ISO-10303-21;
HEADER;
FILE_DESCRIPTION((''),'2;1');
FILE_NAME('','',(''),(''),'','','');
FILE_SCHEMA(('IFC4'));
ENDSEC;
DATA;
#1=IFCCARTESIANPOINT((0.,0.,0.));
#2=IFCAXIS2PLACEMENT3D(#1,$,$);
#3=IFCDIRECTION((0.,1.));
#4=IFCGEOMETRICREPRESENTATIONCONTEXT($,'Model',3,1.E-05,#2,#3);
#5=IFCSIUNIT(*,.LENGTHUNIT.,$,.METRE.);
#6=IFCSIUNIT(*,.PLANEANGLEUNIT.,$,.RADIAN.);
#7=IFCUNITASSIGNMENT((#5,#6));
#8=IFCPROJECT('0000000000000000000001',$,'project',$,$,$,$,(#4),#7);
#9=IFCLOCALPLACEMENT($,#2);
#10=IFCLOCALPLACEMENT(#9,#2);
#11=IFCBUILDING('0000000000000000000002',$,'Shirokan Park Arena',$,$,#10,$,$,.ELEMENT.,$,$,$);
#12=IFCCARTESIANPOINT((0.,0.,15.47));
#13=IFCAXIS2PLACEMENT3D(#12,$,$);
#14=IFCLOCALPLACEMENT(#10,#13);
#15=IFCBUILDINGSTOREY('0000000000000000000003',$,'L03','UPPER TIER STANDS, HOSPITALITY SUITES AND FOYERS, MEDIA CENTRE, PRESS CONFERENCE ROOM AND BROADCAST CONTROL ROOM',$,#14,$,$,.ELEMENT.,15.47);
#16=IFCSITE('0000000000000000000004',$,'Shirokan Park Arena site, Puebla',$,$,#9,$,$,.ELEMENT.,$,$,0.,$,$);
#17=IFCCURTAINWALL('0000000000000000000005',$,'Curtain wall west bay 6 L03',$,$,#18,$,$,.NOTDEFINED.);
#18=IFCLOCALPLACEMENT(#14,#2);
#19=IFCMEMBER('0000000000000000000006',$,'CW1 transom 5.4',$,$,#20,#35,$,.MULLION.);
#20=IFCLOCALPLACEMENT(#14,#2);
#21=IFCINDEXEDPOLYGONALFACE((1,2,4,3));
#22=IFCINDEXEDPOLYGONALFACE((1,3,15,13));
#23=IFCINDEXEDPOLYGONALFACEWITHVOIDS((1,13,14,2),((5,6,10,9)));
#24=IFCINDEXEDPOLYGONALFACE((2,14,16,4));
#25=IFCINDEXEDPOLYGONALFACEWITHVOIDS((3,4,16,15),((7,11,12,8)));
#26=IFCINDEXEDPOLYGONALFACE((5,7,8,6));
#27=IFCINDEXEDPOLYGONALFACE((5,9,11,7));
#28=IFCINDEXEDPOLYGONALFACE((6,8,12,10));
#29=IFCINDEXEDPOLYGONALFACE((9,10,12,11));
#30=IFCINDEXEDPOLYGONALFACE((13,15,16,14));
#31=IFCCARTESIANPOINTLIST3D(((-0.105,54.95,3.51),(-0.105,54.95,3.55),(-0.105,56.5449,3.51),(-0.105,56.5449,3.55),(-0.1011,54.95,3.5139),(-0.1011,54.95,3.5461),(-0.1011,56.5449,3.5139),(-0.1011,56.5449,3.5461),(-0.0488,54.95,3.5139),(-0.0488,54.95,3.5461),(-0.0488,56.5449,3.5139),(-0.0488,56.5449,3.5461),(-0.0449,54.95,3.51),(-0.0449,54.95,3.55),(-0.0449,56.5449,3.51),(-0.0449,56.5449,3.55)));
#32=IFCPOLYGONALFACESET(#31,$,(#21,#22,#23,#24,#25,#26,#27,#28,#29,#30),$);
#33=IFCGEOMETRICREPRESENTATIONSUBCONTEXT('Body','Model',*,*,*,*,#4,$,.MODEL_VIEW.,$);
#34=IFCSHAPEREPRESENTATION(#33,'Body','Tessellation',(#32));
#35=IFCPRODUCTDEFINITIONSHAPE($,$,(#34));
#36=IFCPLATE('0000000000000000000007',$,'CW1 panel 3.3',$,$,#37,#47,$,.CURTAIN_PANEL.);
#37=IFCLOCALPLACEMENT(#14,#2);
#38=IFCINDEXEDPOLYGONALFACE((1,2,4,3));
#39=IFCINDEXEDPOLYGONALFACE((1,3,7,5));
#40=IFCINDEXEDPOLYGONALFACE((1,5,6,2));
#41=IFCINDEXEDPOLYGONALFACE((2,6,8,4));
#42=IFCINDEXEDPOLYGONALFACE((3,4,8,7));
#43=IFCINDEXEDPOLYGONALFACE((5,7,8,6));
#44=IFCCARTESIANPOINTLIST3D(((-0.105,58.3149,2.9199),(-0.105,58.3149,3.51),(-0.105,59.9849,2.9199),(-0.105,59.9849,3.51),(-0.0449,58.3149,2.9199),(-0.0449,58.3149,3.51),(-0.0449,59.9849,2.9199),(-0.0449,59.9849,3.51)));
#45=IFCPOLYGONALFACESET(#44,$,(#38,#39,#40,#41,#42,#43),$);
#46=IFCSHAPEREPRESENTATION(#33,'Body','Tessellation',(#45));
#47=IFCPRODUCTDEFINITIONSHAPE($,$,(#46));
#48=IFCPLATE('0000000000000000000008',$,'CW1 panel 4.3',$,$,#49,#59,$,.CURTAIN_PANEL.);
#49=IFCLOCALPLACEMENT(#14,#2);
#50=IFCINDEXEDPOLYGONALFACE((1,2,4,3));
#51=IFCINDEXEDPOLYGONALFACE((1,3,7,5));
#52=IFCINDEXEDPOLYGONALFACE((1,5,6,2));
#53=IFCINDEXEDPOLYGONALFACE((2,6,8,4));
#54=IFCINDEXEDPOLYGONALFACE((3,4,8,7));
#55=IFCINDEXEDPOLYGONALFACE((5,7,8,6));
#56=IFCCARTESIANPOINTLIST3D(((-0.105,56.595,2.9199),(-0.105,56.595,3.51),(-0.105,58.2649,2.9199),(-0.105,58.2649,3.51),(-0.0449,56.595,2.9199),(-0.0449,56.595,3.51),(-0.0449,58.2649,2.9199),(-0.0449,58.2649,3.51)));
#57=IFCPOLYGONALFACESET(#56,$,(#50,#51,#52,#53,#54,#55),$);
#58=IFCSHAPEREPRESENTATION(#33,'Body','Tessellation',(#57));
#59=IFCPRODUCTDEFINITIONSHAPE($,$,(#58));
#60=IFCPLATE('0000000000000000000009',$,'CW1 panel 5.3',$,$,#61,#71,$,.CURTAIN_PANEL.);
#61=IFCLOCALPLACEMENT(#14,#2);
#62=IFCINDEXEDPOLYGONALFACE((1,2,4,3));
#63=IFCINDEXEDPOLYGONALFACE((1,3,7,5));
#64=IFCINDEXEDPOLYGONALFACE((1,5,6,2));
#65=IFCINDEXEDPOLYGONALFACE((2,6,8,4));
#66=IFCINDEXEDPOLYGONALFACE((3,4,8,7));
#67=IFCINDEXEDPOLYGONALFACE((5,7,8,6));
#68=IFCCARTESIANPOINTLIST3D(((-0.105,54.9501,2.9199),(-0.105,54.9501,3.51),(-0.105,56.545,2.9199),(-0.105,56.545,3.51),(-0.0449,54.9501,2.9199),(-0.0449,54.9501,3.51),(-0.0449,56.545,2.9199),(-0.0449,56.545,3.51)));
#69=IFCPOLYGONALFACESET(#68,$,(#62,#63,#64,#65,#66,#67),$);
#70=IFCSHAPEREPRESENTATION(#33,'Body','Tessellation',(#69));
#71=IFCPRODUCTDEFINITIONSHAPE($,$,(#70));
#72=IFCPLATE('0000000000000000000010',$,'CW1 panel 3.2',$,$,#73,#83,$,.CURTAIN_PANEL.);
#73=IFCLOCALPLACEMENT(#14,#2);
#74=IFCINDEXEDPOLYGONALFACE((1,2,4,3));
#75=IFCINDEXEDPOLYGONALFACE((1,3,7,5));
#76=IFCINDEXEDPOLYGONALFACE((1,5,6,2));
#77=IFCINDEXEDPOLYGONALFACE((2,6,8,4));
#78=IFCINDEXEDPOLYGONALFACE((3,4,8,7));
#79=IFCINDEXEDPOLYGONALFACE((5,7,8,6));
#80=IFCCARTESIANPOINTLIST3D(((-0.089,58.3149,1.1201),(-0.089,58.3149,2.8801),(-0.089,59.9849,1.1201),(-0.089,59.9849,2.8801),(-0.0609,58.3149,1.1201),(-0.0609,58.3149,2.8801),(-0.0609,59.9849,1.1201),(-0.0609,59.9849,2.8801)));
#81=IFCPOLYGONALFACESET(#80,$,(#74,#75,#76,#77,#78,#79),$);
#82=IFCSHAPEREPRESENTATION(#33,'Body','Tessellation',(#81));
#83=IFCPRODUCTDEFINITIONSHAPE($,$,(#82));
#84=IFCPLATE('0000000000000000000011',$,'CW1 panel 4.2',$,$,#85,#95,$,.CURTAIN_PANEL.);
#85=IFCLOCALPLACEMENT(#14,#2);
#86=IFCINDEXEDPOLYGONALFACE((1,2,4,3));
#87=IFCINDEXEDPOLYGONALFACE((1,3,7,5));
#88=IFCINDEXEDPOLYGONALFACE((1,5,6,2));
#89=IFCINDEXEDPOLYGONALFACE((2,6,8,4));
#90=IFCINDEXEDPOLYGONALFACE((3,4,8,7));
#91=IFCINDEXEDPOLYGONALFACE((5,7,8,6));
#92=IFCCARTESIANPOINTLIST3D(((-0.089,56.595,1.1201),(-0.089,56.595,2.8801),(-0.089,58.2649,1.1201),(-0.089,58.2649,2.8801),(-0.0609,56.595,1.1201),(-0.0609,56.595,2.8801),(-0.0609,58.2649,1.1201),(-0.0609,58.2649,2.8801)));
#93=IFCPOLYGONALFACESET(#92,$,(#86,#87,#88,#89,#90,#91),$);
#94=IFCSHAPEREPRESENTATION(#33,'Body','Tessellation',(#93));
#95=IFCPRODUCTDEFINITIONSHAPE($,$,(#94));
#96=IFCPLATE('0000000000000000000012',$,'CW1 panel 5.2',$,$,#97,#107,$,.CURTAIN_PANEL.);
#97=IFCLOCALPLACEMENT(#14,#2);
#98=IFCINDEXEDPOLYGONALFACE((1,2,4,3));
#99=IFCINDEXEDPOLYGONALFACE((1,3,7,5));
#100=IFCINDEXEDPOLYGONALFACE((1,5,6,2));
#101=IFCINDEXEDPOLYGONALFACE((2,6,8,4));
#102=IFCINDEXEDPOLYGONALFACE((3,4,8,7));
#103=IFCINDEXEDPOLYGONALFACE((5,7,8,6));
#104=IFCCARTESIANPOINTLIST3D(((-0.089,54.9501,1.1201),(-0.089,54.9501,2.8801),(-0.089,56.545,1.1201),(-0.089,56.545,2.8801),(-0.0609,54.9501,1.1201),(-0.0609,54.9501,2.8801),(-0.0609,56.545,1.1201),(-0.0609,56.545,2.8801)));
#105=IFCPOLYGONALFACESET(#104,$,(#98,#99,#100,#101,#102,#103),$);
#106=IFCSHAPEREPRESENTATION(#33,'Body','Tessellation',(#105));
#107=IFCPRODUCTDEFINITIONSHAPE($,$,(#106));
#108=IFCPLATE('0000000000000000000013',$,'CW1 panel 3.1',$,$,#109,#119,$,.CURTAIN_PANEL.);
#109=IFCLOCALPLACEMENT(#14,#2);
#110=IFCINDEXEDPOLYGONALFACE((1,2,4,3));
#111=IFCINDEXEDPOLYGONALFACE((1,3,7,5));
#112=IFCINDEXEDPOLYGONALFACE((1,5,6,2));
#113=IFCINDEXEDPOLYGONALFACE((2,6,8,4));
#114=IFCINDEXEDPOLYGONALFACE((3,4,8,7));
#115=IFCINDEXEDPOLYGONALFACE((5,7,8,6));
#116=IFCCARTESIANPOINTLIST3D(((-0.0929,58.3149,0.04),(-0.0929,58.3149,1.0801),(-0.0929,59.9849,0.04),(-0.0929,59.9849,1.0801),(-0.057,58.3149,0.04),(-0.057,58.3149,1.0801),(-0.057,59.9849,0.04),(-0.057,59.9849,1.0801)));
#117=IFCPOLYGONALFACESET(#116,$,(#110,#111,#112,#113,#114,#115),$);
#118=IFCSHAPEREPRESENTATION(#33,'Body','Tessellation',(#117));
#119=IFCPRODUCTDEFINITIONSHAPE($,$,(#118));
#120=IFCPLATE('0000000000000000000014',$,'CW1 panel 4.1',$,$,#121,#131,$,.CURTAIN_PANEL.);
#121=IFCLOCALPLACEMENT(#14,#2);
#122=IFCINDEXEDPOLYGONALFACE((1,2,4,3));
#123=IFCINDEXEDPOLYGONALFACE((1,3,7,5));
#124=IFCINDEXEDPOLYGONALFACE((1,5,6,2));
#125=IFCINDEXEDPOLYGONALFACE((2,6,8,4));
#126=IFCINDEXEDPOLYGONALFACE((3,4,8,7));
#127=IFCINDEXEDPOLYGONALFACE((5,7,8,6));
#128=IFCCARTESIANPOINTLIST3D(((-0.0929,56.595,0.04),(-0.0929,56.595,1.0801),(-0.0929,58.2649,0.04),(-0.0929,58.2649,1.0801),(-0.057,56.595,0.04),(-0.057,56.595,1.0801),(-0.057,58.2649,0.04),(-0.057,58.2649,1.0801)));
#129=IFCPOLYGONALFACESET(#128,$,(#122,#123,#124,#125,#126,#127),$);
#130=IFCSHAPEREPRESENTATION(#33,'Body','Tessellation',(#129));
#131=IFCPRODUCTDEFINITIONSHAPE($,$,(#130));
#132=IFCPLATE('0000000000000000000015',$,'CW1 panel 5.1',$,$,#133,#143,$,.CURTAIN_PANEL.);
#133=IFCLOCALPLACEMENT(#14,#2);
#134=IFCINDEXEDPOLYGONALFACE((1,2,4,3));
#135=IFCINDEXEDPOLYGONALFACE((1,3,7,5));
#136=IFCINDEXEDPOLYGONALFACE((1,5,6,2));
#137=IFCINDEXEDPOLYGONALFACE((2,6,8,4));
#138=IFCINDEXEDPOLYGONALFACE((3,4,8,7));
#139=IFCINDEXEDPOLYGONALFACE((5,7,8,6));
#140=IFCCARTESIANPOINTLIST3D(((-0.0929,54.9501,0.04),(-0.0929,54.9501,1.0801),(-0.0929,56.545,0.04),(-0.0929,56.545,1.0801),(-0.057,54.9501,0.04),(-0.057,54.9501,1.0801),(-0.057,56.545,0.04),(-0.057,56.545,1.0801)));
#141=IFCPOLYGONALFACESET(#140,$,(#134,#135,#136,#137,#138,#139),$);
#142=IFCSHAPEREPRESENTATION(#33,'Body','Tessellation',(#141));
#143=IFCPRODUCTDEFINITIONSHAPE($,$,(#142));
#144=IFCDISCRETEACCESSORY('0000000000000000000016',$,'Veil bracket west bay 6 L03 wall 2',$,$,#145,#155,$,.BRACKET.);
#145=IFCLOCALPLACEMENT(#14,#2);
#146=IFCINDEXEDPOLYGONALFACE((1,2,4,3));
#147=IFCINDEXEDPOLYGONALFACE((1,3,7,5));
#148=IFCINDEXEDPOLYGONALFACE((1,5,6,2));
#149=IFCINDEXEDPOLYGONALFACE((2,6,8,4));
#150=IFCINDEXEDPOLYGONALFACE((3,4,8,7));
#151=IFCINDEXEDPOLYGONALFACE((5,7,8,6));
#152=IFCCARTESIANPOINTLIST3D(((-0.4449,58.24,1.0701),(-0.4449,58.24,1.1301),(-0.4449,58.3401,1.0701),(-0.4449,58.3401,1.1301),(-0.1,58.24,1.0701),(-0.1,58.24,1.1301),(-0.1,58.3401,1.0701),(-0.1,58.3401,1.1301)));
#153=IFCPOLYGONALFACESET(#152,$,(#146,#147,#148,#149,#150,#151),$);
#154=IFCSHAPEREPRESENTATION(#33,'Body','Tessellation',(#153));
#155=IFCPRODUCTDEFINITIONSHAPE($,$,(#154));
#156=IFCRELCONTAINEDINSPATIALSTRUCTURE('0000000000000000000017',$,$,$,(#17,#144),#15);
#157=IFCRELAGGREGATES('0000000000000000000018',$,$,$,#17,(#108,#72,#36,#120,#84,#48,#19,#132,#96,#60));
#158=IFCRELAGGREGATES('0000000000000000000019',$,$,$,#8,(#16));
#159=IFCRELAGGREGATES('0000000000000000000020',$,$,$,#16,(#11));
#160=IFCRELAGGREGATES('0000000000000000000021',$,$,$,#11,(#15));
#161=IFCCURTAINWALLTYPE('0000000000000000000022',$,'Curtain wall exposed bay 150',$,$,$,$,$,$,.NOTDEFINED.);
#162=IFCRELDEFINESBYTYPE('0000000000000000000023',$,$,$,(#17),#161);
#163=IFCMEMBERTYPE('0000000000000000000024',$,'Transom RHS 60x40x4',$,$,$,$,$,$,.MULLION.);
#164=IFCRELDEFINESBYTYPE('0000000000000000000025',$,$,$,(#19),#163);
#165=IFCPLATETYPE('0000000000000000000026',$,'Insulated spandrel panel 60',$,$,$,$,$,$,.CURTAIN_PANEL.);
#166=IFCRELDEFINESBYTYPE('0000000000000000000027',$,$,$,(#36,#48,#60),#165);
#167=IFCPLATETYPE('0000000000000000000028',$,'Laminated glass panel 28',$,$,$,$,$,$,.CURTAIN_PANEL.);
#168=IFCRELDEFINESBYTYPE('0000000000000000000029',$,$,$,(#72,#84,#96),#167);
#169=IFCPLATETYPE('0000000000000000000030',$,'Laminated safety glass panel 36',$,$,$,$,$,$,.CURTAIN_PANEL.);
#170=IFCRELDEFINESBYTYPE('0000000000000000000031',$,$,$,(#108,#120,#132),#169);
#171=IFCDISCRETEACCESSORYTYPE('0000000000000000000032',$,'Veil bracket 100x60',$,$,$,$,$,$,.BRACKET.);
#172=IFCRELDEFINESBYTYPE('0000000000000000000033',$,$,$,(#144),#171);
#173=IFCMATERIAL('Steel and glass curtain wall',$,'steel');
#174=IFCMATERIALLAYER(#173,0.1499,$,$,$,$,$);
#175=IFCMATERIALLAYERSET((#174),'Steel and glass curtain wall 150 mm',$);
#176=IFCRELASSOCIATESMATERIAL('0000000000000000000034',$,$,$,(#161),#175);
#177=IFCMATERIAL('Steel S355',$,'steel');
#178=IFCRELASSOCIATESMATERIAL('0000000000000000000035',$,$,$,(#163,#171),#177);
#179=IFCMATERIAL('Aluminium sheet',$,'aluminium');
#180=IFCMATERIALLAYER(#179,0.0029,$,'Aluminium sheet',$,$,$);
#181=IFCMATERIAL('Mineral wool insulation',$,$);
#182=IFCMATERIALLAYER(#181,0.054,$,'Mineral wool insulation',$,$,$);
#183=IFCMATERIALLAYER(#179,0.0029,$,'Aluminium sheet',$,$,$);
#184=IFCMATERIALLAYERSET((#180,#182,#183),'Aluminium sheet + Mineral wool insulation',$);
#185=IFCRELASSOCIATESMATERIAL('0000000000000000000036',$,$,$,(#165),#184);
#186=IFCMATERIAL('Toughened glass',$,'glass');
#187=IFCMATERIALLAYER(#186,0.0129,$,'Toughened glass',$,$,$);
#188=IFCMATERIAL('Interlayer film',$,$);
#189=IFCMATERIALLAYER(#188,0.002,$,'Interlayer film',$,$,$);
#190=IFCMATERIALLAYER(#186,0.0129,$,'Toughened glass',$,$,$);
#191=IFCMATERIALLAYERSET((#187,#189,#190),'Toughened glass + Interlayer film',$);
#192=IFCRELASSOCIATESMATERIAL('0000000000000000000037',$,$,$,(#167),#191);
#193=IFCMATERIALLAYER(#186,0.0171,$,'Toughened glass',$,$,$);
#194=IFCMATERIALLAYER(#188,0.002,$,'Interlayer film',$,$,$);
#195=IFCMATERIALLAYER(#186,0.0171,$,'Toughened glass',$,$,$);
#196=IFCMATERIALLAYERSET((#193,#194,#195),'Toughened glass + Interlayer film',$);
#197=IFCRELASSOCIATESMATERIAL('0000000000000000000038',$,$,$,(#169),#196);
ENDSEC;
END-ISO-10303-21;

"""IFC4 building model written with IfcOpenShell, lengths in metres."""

from ifc_helpers import new_model, si_unit, direction, frame, origin, origin_2d, place, context, subcontext, project, spatial, rectangle, hollow_rectangle, extrude, material, layer, layer_set, material_profile, profile_set, type_object, element, aggregate, save


model = new_model("IFC4")

# Units and contexts
model_context = context("Model", 3, precision=1e-05, world=origin(), true_north=direction((0.0, 1.0)))
body_context = subcontext(model_context, "Body", "Model", "MODEL_VIEW")
ifc_project = project(units=[si_unit("LENGTHUNIT", "METRE"), si_unit("PLANEANGLEUNIT", "RADIAN")], contexts=[model_context])

# Site, building, storey
site_placement = place(None, origin())
site = spatial("IfcSite", under=ifc_project, at=site_placement, Name="Shirokan Park Arena site, Puebla", CompositionType="ELEMENT", RefElevation=0.0)
building_placement = place(site_placement, origin())
building = spatial("IfcBuilding", under=site, at=building_placement, Name="Shirokan Park Arena", CompositionType="ELEMENT")
storey_placement = place(building_placement, frame((0.0, 0.0, 15.47)))
storey = spatial("IfcBuildingStorey", under=building, at=storey_placement, Name="L03", Description="UPPER TIER STANDS, HOSPITALITY SUITES AND FOYERS, MEDIA CENTRE, PRESS CONFERENCE ROOM AND BROADCAST CONTROL ROOM", CompositionType="ELEMENT", Elevation=15.47)

# Curtain wall, member, plates
ifc_material_1 = material(Name="Steel and glass curtain wall", Category="steel")
ifc_layer_1 = layer(ifc_material_1, 0.1499)
ifc_layer_set_1 = layer_set([ifc_layer_1], Name="Steel and glass curtain wall 150 mm")
curtain_wall_type = type_object("IfcCurtainWallType", Name="Curtain wall exposed bay 150", PredefinedType="NOTDEFINED", material=ifc_layer_set_1)
curtain_wall_placement = place(storey_placement, origin())
curtain_wall = element("IfcCurtainWall", 1, at=curtain_wall_placement, inside=storey, type_object=curtain_wall_type, Name="Curtain wall west bay 6 L03", PredefinedType="NOTDEFINED")
ifc_material_2 = material(Name="Steel S355", Category="steel")
ifc_material_profile_1 = material_profile(ifc_material_2, hollow_rectangle(XDim=0.0601, YDim=0.04, WallThickness=0.0039, at=origin_2d()), Name="RHS 60x40x4")
ifc_profile_set_1 = profile_set([ifc_material_profile_1], Name="Steel S355")
member_type_1 = type_object("IfcMemberType", Name="Transom RHS 60x40x4", PredefinedType="MULLION", material=ifc_profile_set_1)
member_1_placement = place(storey_placement, frame((-0.075, 56.5449, 3.53), z_axis=(0.0, -1.0, 0.0), x_axis=(1.0, 0.0, 0.0)))
member_1 = element("IfcMember", 2, at=member_1_placement, type_object=member_type_1, Name="CW1 transom 5.4", PredefinedType="MULLION", context=body_context, shape_type="SweptSolid", body=[
    extrude(hollow_rectangle(XDim=0.0601, YDim=0.04, WallThickness=0.0039, at=origin_2d()), origin(), (0.0, 0.0, 1.0), 1.595),
])
ifc_material_3 = material(Name="Aluminium sheet", Category="aluminium")
ifc_layer_2 = layer(ifc_material_3, 0.0029, Name="Aluminium sheet")
ifc_material_4 = material(Name="Mineral wool insulation")
ifc_layer_3 = layer(ifc_material_4, 0.054, Name="Mineral wool insulation")
ifc_layer_4 = layer(ifc_material_3, 0.0029, Name="Aluminium sheet")
ifc_layer_set_2 = layer_set([ifc_layer_2, ifc_layer_3, ifc_layer_4], Name="Aluminium sheet + Mineral wool insulation")
plate_type_1 = type_object("IfcPlateType", Name="Insulated spandrel panel 60", PredefinedType="CURTAIN_PANEL", material=ifc_layer_set_2)
plate_1_placement = place(storey_placement, frame((-0.075, 59.1499, 2.9199), z_axis=(0.0, 0.0, 1.0), x_axis=(0.0, -1.0, 0.0)))
plate_1 = element("IfcPlate", 3, at=plate_1_placement, type_object=plate_type_1, Name="CW1 panel 3.3", PredefinedType="CURTAIN_PANEL", context=body_context, shape_type="SweptSolid", body=[
    extrude(rectangle(XDim=1.6699, YDim=0.0601, at=origin_2d()), origin(), (0.0, 0.0, 1.0), 0.5901),
])
plate_2_placement = place(storey_placement, frame((-0.075, 57.4299, 2.9199), z_axis=(0.0, 0.0, 1.0), x_axis=(0.0, -1.0, 0.0)))
plate_2 = element("IfcPlate", 4, at=plate_2_placement, type_object=plate_type_1, Name="CW1 panel 4.3", PredefinedType="CURTAIN_PANEL", context=body_context, shape_type="SweptSolid", body=[
    extrude(rectangle(XDim=1.6699, YDim=0.0601, at=origin_2d()), origin(), (0.0, 0.0, 1.0), 0.5901),
])
plate_3_placement = place(storey_placement, frame((-0.075, 55.7476, 2.9199), z_axis=(0.0, 0.0, 1.0), x_axis=(0.0, -1.0, 0.0)))
plate_3 = element("IfcPlate", 5, at=plate_3_placement, type_object=plate_type_1, Name="CW1 panel 5.3", PredefinedType="CURTAIN_PANEL", context=body_context, shape_type="SweptSolid", body=[
    extrude(rectangle(XDim=1.595, YDim=0.0601, at=origin_2d()), origin(), (0.0, 0.0, 1.0), 0.5901),
])
ifc_material_5 = material(Name="Toughened glass", Category="glass")
ifc_layer_5 = layer(ifc_material_5, 0.0129, Name="Toughened glass")
ifc_material_6 = material(Name="Interlayer film")
ifc_layer_6 = layer(ifc_material_6, 0.002, Name="Interlayer film")
ifc_layer_7 = layer(ifc_material_5, 0.0129, Name="Toughened glass")
ifc_layer_set_3 = layer_set([ifc_layer_5, ifc_layer_6, ifc_layer_7], Name="Toughened glass + Interlayer film")
plate_type_2 = type_object("IfcPlateType", Name="Laminated glass panel 28", PredefinedType="CURTAIN_PANEL", material=ifc_layer_set_3)
plate_4_placement = place(storey_placement, frame((-0.075, 59.1499, 1.1201), z_axis=(0.0, 0.0, 1.0), x_axis=(0.0, -1.0, 0.0)))
plate_4 = element("IfcPlate", 6, at=plate_4_placement, type_object=plate_type_2, Name="CW1 panel 3.2", PredefinedType="CURTAIN_PANEL", context=body_context, shape_type="SweptSolid", body=[
    extrude(rectangle(XDim=1.6699, YDim=0.0281, at=origin_2d()), origin(), (0.0, 0.0, 1.0), 1.76),
])
plate_5_placement = place(storey_placement, frame((-0.075, 57.4299, 1.1201), z_axis=(0.0, 0.0, 1.0), x_axis=(0.0, -1.0, 0.0)))
plate_5 = element("IfcPlate", 7, at=plate_5_placement, type_object=plate_type_2, Name="CW1 panel 4.2", PredefinedType="CURTAIN_PANEL", context=body_context, shape_type="SweptSolid", body=[
    extrude(rectangle(XDim=1.6699, YDim=0.0281, at=origin_2d()), origin(), (0.0, 0.0, 1.0), 1.76),
])
plate_6_placement = place(storey_placement, frame((-0.075, 55.7476, 1.1201), z_axis=(0.0, 0.0, 1.0), x_axis=(0.0, -1.0, 0.0)))
plate_6 = element("IfcPlate", 8, at=plate_6_placement, type_object=plate_type_2, Name="CW1 panel 5.2", PredefinedType="CURTAIN_PANEL", context=body_context, shape_type="SweptSolid", body=[
    extrude(rectangle(XDim=1.595, YDim=0.0281, at=origin_2d()), origin(), (0.0, 0.0, 1.0), 1.76),
])
ifc_layer_8 = layer(ifc_material_5, 0.0171, Name="Toughened glass")
ifc_layer_9 = layer(ifc_material_6, 0.002, Name="Interlayer film")
ifc_layer_10 = layer(ifc_material_5, 0.0171, Name="Toughened glass")
ifc_layer_set_4 = layer_set([ifc_layer_8, ifc_layer_9, ifc_layer_10], Name="Toughened glass + Interlayer film")
plate_type_3 = type_object("IfcPlateType", Name="Laminated safety glass panel 36", PredefinedType="CURTAIN_PANEL", material=ifc_layer_set_4)
plate_7_placement = place(storey_placement, frame((-0.075, 59.1499, 0.04), z_axis=(0.0, 0.0, 1.0), x_axis=(0.0, -1.0, 0.0)))
plate_7 = element("IfcPlate", 9, at=plate_7_placement, type_object=plate_type_3, Name="CW1 panel 3.1", PredefinedType="CURTAIN_PANEL", context=body_context, shape_type="SweptSolid", body=[
    extrude(rectangle(XDim=1.6699, YDim=0.0359, at=origin_2d()), origin(), (0.0, 0.0, 1.0), 1.04),
])
plate_8_placement = place(storey_placement, frame((-0.075, 57.4299, 0.04), z_axis=(0.0, 0.0, 1.0), x_axis=(0.0, -1.0, 0.0)))
plate_8 = element("IfcPlate", 10, at=plate_8_placement, type_object=plate_type_3, Name="CW1 panel 4.1", PredefinedType="CURTAIN_PANEL", context=body_context, shape_type="SweptSolid", body=[
    extrude(rectangle(XDim=1.6699, YDim=0.0359, at=origin_2d()), origin(), (0.0, 0.0, 1.0), 1.04),
])
plate_9_placement = place(storey_placement, frame((-0.075, 55.7476, 0.04), z_axis=(0.0, 0.0, 1.0), x_axis=(0.0, -1.0, 0.0)))
plate_9 = element("IfcPlate", 11, at=plate_9_placement, type_object=plate_type_3, Name="CW1 panel 5.1", PredefinedType="CURTAIN_PANEL", context=body_context, shape_type="SweptSolid", body=[
    extrude(rectangle(XDim=1.595, YDim=0.0359, at=origin_2d()), origin(), (0.0, 0.0, 1.0), 1.04),
])
aggregate(curtain_wall, [plate_7, plate_4, plate_1, plate_8, plate_5, plate_2, member_1, plate_9, plate_6, plate_3])

# Discrete accessory
discrete_accessory_type = type_object("IfcDiscreteAccessoryType", Name="Veil bracket 100x60", PredefinedType="BRACKET", material=ifc_material_2)
discrete_accessory_placement = place(storey_placement, frame((-0.2725, 58.29, 1.0701), z_axis=(0.0, 0.0, 1.0), x_axis=(0.0, -1.0, 0.0)))
element("IfcDiscreteAccessory", 12, at=discrete_accessory_placement, inside=storey, type_object=discrete_accessory_type, Name="Veil bracket west bay 6 L03 wall 2", PredefinedType="BRACKET", context=body_context, shape_type="SweptSolid", body=[
    extrude(rectangle(XDim=0.1001, YDim=0.345, at=origin_2d()), origin(), (0.0, 0.0, 1.0), 0.0601),
])

save(model, "model.ifc")
